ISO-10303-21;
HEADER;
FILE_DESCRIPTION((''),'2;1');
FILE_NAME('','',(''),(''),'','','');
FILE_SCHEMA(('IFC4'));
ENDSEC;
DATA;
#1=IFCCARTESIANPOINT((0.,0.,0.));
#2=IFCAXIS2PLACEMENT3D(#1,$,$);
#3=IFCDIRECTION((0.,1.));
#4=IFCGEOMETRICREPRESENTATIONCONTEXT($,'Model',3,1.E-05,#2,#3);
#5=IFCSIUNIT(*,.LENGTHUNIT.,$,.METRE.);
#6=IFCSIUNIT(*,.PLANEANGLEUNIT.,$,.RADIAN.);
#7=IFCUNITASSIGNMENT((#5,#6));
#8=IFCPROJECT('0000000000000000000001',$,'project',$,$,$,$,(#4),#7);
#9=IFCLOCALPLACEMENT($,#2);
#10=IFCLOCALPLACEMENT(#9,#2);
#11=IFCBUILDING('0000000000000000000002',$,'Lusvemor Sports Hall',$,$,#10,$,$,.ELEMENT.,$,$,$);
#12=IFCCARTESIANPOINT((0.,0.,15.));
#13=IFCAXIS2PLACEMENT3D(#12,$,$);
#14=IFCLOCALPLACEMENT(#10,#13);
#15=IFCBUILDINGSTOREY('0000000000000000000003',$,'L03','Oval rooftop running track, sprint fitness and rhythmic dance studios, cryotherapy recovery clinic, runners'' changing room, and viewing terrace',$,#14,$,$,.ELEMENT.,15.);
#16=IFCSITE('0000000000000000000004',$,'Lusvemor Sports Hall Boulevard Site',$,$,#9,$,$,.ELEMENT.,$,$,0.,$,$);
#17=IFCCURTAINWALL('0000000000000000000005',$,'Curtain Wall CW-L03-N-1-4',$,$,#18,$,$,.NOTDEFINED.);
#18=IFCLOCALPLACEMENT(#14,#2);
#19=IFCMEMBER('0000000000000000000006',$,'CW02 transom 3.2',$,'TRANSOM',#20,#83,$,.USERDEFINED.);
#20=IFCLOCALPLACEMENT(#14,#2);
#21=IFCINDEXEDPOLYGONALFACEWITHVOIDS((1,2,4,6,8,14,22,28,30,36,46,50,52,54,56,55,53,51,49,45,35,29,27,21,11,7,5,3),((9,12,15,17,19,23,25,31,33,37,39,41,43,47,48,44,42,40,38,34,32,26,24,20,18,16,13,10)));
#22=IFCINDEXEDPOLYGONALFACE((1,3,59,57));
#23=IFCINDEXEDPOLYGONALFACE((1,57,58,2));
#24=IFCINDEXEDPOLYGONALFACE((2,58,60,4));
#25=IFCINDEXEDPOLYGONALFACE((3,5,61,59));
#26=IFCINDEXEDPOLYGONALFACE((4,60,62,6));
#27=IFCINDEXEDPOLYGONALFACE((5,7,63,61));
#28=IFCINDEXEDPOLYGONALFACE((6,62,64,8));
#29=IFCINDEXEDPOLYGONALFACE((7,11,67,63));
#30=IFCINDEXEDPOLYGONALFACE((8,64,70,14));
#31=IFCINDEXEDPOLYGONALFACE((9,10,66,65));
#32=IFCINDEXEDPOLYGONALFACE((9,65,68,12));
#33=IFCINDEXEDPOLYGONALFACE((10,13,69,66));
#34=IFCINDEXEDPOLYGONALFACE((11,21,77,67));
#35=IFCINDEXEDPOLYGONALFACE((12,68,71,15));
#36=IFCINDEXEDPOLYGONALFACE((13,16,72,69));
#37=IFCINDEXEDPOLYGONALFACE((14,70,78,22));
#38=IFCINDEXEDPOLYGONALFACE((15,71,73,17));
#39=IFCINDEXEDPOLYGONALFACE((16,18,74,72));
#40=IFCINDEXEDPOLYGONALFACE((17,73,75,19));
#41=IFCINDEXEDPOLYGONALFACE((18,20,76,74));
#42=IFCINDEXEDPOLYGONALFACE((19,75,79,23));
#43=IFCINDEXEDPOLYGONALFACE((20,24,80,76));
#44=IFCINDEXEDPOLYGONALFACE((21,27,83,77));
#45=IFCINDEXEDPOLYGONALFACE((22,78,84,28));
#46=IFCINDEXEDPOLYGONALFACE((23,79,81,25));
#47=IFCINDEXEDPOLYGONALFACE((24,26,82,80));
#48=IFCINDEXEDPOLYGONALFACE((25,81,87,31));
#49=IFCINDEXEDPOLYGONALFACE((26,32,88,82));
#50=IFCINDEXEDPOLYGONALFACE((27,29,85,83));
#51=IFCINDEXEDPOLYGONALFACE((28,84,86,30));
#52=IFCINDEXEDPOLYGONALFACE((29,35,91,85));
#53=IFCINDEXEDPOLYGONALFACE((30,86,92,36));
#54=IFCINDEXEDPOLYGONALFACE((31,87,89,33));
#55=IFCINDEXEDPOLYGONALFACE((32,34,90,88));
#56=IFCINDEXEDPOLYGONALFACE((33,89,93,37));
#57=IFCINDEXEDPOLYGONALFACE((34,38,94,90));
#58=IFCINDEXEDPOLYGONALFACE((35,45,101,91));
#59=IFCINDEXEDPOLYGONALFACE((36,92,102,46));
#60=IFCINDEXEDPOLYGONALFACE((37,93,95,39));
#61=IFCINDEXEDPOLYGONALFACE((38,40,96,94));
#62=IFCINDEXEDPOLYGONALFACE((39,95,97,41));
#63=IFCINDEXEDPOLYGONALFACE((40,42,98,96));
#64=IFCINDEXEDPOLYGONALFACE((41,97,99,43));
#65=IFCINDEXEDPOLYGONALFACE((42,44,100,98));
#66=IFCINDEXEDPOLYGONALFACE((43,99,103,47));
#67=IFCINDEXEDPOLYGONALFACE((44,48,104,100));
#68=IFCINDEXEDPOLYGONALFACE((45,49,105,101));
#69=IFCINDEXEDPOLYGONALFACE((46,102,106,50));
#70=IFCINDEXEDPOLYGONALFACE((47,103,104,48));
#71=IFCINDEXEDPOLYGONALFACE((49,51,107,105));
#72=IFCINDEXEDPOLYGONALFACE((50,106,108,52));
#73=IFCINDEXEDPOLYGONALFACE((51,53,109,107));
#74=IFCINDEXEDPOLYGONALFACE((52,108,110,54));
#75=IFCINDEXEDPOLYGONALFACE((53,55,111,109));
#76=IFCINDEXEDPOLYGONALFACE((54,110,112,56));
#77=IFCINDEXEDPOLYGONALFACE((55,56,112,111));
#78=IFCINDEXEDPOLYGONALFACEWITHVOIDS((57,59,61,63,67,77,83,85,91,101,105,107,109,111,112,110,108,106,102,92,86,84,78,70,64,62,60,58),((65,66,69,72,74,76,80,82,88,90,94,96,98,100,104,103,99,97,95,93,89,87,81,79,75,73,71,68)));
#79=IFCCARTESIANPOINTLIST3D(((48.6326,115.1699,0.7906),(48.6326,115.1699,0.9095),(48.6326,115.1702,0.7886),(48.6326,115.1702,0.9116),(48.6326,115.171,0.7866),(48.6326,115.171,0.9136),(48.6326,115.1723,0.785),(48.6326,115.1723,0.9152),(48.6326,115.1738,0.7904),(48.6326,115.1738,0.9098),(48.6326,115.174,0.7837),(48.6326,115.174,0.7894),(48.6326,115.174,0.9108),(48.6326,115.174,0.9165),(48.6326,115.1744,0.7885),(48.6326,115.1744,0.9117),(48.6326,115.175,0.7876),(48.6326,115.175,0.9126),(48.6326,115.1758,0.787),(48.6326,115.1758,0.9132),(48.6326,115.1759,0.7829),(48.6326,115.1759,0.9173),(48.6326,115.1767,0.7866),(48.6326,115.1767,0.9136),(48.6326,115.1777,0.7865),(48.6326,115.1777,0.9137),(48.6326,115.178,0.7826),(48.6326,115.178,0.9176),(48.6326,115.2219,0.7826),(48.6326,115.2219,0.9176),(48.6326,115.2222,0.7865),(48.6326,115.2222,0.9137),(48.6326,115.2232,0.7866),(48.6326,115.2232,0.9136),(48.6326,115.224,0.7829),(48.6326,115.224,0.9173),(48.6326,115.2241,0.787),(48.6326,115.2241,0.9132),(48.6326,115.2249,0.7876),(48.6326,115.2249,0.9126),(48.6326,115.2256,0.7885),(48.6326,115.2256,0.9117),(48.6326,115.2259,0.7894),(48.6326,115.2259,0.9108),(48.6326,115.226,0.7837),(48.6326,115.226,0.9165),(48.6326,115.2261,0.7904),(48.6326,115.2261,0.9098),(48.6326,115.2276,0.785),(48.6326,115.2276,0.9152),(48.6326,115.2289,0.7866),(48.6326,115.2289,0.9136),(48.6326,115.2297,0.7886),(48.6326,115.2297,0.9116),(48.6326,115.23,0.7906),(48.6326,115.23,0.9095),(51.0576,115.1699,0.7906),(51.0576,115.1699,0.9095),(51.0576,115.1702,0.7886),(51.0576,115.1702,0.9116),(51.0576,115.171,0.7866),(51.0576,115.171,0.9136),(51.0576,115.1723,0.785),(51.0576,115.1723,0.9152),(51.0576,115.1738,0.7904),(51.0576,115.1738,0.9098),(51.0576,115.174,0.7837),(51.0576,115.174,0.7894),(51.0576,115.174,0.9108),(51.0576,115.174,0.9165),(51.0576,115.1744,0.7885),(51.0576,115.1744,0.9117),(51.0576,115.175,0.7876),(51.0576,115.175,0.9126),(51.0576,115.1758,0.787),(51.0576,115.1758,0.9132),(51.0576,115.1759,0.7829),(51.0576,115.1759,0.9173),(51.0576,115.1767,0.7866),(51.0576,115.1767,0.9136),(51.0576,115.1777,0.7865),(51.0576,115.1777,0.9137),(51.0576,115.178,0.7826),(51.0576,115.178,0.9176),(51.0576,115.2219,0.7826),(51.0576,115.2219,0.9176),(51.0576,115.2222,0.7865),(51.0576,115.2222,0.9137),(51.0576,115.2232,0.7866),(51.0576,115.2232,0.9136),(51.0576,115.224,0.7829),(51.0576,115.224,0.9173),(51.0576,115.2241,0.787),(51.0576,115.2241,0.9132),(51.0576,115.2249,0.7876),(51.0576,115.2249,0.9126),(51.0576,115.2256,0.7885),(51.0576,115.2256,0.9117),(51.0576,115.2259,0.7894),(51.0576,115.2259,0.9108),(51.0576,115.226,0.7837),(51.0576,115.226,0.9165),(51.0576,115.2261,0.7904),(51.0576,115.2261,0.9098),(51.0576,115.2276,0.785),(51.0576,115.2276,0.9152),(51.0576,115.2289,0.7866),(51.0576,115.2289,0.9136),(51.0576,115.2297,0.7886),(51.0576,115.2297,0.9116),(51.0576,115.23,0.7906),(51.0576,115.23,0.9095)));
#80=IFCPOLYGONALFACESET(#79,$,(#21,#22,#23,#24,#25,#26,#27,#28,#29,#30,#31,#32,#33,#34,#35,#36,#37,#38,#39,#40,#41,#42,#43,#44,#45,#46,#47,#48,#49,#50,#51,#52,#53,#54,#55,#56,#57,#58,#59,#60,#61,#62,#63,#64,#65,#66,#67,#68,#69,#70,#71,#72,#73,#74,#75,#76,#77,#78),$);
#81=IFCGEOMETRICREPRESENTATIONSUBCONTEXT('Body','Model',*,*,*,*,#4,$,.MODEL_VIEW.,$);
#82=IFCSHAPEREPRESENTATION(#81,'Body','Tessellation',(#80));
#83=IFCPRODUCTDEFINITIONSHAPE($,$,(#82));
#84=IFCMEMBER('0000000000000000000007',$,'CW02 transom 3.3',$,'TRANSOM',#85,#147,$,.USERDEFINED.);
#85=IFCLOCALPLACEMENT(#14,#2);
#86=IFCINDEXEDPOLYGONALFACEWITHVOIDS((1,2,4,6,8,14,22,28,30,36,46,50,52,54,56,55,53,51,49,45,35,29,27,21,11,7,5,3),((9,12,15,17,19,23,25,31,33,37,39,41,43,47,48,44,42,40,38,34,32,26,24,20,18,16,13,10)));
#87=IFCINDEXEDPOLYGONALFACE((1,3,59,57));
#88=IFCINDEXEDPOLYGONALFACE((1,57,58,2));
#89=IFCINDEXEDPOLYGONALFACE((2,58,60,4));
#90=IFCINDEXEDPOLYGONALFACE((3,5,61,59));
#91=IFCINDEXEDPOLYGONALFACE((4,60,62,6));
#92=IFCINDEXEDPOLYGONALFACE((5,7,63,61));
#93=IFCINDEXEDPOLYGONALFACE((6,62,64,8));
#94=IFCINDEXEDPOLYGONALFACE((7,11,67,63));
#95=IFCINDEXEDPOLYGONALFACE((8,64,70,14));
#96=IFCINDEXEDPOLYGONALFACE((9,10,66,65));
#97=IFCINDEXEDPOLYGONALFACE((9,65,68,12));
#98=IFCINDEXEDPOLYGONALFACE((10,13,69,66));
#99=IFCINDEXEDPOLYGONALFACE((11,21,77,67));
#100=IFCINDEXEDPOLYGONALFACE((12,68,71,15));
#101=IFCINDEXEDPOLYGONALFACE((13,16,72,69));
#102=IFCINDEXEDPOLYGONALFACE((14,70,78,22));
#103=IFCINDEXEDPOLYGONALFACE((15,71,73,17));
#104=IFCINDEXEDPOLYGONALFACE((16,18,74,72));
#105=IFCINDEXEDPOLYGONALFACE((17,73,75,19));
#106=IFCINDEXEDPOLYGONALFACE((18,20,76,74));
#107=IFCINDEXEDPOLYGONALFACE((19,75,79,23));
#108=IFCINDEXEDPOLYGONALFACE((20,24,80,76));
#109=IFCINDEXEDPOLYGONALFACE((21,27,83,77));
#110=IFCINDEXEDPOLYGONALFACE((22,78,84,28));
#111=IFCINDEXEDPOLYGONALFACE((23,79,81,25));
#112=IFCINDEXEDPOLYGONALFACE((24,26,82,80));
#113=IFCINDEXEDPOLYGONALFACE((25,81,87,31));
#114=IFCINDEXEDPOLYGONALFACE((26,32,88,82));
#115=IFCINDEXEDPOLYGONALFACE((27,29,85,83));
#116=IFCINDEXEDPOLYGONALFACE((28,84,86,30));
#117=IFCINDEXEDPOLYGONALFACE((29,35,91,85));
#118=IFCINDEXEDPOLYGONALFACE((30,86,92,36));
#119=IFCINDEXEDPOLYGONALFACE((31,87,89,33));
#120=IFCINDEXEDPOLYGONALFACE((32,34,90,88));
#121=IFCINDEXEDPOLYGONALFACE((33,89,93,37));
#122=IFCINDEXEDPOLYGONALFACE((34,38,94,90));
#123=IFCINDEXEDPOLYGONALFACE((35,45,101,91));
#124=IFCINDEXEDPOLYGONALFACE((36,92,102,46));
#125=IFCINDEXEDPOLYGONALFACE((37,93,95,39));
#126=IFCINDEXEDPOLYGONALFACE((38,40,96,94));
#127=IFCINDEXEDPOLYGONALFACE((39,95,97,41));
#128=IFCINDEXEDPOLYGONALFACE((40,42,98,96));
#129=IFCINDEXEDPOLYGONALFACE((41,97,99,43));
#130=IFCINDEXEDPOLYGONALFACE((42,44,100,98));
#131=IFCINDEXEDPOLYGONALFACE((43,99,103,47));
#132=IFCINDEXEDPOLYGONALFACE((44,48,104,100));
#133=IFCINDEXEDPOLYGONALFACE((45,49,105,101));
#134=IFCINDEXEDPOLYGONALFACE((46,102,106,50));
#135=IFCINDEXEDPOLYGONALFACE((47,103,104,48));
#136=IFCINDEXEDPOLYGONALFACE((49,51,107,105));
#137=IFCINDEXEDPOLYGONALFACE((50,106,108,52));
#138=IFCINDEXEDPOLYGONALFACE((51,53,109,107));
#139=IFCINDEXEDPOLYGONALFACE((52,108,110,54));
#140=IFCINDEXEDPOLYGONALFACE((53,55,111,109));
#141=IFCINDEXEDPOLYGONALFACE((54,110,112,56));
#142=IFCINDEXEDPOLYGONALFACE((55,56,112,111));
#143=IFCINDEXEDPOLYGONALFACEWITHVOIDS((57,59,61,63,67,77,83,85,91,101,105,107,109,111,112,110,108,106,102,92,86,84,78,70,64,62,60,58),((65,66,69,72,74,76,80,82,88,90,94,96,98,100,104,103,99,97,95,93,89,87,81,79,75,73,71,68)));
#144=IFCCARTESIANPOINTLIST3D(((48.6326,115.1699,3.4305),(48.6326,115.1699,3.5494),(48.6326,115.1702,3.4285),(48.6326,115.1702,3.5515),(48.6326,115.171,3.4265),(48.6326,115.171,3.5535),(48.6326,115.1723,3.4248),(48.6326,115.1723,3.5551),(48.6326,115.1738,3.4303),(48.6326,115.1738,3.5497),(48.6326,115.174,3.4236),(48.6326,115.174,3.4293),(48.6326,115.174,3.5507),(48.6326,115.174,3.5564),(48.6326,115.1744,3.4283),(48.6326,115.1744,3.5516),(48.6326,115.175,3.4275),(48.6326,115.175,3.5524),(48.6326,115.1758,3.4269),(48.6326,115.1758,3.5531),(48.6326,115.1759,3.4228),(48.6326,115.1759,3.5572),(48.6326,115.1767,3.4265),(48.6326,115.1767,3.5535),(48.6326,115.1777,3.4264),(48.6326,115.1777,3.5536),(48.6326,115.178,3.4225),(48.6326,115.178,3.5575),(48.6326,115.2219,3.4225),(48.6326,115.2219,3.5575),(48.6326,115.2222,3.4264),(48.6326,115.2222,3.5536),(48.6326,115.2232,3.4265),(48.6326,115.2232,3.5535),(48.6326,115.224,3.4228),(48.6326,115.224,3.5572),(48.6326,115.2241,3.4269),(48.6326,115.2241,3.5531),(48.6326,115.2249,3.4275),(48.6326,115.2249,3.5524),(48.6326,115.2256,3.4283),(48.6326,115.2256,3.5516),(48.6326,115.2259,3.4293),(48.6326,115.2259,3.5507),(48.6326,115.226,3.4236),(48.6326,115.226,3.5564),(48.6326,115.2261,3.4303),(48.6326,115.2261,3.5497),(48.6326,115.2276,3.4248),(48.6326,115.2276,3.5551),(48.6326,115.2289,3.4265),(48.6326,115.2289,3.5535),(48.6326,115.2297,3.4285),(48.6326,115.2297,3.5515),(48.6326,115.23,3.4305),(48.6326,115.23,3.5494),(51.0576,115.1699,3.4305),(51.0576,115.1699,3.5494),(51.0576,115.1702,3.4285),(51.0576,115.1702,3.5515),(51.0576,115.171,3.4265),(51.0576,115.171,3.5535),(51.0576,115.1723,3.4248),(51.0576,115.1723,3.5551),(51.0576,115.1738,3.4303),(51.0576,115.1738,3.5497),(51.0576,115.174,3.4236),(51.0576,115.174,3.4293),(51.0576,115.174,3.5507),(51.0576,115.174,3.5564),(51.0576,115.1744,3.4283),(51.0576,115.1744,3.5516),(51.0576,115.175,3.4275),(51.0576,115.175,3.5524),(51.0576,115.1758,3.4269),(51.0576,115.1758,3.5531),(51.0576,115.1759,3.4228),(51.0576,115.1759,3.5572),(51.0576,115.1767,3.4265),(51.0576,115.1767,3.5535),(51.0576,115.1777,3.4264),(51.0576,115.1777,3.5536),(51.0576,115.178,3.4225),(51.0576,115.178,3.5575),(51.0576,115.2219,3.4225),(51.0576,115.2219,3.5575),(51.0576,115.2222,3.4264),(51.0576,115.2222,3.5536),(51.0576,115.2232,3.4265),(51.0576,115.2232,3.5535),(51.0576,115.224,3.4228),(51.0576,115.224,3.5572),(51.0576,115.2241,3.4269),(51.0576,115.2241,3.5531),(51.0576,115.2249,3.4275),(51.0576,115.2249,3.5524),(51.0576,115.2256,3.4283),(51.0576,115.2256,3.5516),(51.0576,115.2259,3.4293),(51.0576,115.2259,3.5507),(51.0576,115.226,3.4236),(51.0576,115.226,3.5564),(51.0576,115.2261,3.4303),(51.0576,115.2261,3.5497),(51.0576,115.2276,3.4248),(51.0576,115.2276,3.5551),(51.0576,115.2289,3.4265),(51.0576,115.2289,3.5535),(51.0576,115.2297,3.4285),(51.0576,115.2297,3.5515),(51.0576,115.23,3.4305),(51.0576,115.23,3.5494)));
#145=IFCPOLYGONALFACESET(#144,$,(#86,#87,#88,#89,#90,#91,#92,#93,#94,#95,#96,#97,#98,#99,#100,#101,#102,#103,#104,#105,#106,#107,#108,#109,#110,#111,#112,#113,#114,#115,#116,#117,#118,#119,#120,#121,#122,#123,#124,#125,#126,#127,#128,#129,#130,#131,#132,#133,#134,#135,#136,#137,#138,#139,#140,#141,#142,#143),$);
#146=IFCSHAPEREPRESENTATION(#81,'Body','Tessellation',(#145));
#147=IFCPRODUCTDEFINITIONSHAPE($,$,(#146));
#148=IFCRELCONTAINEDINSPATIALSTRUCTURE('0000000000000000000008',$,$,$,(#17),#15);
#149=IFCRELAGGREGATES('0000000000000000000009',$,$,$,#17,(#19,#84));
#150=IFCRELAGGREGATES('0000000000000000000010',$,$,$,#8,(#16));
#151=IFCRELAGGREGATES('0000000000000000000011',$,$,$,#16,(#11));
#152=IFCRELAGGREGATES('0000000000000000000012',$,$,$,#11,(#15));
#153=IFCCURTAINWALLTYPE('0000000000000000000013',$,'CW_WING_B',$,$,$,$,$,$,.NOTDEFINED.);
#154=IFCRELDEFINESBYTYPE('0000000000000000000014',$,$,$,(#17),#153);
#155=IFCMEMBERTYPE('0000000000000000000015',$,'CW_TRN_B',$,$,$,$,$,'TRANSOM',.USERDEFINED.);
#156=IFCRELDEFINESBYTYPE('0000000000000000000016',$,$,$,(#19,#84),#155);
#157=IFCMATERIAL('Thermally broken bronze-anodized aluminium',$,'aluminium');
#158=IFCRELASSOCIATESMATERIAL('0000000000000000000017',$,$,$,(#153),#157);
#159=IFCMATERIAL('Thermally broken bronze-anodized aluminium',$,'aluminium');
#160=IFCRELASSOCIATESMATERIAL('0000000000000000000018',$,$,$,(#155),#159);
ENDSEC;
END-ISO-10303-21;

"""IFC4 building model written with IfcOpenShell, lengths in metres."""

from ifc_helpers import new_model, si_unit, direction, frame, origin, origin_2d, place, context, subcontext, project, spatial, hollow_rectangle, extrude, material, material_profile, profile_set, type_object, element, aggregate, save


model = new_model("IFC4")

# Units and contexts
model_context = context("Model", 3, precision=1e-05, world=origin(), true_north=direction((0.0, 1.0)))
body_context = subcontext(model_context, "Body", "Model", "MODEL_VIEW")
ifc_project = project(units=[si_unit("LENGTHUNIT", "METRE"), si_unit("PLANEANGLEUNIT", "RADIAN")], contexts=[model_context])

# Site, building, storey
site_placement = place(None, origin())
site = spatial("IfcSite", under=ifc_project, at=site_placement, Name="Lusvemor Sports Hall Boulevard Site", CompositionType="ELEMENT", RefElevation=0.0)
building_placement = place(site_placement, origin())
building = spatial("IfcBuilding", under=site, at=building_placement, Name="Lusvemor Sports Hall", CompositionType="ELEMENT")
storey_placement = place(building_placement, frame((0.0, 0.0, 15.0)))
storey = spatial("IfcBuildingStorey", under=building, at=storey_placement, Name="L03", Description="Oval rooftop running track, sprint fitness and rhythmic dance studios, cryotherapy recovery clinic, runners' changing room, and viewing terrace", CompositionType="ELEMENT", Elevation=15.0)

# Curtain wall, members
ifc_material_1 = material(Name="Thermally broken bronze-anodized aluminium", Category="aluminium")
curtain_wall_type = type_object("IfcCurtainWallType", Name="CW_WING_B", PredefinedType="NOTDEFINED", material=ifc_material_1)
curtain_wall_placement = place(storey_placement, origin())
curtain_wall = element("IfcCurtainWall", 1, at=curtain_wall_placement, inside=storey, type_object=curtain_wall_type, Name="Curtain Wall CW-L03-N-1-4", PredefinedType="NOTDEFINED")
ifc_material_2 = material(Name="Thermally broken bronze-anodized aluminium", Category="aluminium")
ifc_material_profile_1 = material_profile(ifc_material_2, hollow_rectangle(XDim=0.0601, YDim=0.135, WallThickness=0.0039, InnerFilletRadius=0.0039, OuterFilletRadius=0.0081, at=origin_2d()), Name="CWTRN135x60x4")
ifc_profile_set_1 = profile_set([ifc_material_profile_1], Name="Thermally broken bronze-anodized aluminium")
member_type_1 = type_object("IfcMemberType", Name="CW_TRN_B", ElementType="TRANSOM", PredefinedType="USERDEFINED", material=ifc_profile_set_1)
member_1_placement = place(storey_placement, frame((48.6326, 115.2, 0.8501), z_axis=(1.0, 0.0, 0.0), x_axis=(0.0, 1.0, 0.0)))
member_1 = element("IfcMember", 2, at=member_1_placement, type_object=member_type_1, Name="CW02 transom 3.2", ObjectType="TRANSOM", PredefinedType="USERDEFINED", context=body_context, shape_type="SweptSolid", body=[
    extrude(hollow_rectangle(XDim=0.0601, YDim=0.135, WallThickness=0.0039, InnerFilletRadius=0.0039, OuterFilletRadius=0.0081, at=origin_2d()), origin(), (0.0, 0.0, 1.0), 2.425),
])
member_2_placement = place(storey_placement, frame((48.6326, 115.2, 3.49), z_axis=(1.0, 0.0, 0.0), x_axis=(0.0, 1.0, 0.0)))
member_2 = element("IfcMember", 3, at=member_2_placement, type_object=member_type_1, Name="CW02 transom 3.3", ObjectType="TRANSOM", PredefinedType="USERDEFINED", context=body_context, shape_type="SweptSolid", body=[
    extrude(hollow_rectangle(XDim=0.0601, YDim=0.135, WallThickness=0.0039, InnerFilletRadius=0.0039, OuterFilletRadius=0.0081, at=origin_2d()), origin(), (0.0, 0.0, 1.0), 2.425),
])

aggregate(curtain_wall, [member_1, member_2])

save(model, "model.ifc")
